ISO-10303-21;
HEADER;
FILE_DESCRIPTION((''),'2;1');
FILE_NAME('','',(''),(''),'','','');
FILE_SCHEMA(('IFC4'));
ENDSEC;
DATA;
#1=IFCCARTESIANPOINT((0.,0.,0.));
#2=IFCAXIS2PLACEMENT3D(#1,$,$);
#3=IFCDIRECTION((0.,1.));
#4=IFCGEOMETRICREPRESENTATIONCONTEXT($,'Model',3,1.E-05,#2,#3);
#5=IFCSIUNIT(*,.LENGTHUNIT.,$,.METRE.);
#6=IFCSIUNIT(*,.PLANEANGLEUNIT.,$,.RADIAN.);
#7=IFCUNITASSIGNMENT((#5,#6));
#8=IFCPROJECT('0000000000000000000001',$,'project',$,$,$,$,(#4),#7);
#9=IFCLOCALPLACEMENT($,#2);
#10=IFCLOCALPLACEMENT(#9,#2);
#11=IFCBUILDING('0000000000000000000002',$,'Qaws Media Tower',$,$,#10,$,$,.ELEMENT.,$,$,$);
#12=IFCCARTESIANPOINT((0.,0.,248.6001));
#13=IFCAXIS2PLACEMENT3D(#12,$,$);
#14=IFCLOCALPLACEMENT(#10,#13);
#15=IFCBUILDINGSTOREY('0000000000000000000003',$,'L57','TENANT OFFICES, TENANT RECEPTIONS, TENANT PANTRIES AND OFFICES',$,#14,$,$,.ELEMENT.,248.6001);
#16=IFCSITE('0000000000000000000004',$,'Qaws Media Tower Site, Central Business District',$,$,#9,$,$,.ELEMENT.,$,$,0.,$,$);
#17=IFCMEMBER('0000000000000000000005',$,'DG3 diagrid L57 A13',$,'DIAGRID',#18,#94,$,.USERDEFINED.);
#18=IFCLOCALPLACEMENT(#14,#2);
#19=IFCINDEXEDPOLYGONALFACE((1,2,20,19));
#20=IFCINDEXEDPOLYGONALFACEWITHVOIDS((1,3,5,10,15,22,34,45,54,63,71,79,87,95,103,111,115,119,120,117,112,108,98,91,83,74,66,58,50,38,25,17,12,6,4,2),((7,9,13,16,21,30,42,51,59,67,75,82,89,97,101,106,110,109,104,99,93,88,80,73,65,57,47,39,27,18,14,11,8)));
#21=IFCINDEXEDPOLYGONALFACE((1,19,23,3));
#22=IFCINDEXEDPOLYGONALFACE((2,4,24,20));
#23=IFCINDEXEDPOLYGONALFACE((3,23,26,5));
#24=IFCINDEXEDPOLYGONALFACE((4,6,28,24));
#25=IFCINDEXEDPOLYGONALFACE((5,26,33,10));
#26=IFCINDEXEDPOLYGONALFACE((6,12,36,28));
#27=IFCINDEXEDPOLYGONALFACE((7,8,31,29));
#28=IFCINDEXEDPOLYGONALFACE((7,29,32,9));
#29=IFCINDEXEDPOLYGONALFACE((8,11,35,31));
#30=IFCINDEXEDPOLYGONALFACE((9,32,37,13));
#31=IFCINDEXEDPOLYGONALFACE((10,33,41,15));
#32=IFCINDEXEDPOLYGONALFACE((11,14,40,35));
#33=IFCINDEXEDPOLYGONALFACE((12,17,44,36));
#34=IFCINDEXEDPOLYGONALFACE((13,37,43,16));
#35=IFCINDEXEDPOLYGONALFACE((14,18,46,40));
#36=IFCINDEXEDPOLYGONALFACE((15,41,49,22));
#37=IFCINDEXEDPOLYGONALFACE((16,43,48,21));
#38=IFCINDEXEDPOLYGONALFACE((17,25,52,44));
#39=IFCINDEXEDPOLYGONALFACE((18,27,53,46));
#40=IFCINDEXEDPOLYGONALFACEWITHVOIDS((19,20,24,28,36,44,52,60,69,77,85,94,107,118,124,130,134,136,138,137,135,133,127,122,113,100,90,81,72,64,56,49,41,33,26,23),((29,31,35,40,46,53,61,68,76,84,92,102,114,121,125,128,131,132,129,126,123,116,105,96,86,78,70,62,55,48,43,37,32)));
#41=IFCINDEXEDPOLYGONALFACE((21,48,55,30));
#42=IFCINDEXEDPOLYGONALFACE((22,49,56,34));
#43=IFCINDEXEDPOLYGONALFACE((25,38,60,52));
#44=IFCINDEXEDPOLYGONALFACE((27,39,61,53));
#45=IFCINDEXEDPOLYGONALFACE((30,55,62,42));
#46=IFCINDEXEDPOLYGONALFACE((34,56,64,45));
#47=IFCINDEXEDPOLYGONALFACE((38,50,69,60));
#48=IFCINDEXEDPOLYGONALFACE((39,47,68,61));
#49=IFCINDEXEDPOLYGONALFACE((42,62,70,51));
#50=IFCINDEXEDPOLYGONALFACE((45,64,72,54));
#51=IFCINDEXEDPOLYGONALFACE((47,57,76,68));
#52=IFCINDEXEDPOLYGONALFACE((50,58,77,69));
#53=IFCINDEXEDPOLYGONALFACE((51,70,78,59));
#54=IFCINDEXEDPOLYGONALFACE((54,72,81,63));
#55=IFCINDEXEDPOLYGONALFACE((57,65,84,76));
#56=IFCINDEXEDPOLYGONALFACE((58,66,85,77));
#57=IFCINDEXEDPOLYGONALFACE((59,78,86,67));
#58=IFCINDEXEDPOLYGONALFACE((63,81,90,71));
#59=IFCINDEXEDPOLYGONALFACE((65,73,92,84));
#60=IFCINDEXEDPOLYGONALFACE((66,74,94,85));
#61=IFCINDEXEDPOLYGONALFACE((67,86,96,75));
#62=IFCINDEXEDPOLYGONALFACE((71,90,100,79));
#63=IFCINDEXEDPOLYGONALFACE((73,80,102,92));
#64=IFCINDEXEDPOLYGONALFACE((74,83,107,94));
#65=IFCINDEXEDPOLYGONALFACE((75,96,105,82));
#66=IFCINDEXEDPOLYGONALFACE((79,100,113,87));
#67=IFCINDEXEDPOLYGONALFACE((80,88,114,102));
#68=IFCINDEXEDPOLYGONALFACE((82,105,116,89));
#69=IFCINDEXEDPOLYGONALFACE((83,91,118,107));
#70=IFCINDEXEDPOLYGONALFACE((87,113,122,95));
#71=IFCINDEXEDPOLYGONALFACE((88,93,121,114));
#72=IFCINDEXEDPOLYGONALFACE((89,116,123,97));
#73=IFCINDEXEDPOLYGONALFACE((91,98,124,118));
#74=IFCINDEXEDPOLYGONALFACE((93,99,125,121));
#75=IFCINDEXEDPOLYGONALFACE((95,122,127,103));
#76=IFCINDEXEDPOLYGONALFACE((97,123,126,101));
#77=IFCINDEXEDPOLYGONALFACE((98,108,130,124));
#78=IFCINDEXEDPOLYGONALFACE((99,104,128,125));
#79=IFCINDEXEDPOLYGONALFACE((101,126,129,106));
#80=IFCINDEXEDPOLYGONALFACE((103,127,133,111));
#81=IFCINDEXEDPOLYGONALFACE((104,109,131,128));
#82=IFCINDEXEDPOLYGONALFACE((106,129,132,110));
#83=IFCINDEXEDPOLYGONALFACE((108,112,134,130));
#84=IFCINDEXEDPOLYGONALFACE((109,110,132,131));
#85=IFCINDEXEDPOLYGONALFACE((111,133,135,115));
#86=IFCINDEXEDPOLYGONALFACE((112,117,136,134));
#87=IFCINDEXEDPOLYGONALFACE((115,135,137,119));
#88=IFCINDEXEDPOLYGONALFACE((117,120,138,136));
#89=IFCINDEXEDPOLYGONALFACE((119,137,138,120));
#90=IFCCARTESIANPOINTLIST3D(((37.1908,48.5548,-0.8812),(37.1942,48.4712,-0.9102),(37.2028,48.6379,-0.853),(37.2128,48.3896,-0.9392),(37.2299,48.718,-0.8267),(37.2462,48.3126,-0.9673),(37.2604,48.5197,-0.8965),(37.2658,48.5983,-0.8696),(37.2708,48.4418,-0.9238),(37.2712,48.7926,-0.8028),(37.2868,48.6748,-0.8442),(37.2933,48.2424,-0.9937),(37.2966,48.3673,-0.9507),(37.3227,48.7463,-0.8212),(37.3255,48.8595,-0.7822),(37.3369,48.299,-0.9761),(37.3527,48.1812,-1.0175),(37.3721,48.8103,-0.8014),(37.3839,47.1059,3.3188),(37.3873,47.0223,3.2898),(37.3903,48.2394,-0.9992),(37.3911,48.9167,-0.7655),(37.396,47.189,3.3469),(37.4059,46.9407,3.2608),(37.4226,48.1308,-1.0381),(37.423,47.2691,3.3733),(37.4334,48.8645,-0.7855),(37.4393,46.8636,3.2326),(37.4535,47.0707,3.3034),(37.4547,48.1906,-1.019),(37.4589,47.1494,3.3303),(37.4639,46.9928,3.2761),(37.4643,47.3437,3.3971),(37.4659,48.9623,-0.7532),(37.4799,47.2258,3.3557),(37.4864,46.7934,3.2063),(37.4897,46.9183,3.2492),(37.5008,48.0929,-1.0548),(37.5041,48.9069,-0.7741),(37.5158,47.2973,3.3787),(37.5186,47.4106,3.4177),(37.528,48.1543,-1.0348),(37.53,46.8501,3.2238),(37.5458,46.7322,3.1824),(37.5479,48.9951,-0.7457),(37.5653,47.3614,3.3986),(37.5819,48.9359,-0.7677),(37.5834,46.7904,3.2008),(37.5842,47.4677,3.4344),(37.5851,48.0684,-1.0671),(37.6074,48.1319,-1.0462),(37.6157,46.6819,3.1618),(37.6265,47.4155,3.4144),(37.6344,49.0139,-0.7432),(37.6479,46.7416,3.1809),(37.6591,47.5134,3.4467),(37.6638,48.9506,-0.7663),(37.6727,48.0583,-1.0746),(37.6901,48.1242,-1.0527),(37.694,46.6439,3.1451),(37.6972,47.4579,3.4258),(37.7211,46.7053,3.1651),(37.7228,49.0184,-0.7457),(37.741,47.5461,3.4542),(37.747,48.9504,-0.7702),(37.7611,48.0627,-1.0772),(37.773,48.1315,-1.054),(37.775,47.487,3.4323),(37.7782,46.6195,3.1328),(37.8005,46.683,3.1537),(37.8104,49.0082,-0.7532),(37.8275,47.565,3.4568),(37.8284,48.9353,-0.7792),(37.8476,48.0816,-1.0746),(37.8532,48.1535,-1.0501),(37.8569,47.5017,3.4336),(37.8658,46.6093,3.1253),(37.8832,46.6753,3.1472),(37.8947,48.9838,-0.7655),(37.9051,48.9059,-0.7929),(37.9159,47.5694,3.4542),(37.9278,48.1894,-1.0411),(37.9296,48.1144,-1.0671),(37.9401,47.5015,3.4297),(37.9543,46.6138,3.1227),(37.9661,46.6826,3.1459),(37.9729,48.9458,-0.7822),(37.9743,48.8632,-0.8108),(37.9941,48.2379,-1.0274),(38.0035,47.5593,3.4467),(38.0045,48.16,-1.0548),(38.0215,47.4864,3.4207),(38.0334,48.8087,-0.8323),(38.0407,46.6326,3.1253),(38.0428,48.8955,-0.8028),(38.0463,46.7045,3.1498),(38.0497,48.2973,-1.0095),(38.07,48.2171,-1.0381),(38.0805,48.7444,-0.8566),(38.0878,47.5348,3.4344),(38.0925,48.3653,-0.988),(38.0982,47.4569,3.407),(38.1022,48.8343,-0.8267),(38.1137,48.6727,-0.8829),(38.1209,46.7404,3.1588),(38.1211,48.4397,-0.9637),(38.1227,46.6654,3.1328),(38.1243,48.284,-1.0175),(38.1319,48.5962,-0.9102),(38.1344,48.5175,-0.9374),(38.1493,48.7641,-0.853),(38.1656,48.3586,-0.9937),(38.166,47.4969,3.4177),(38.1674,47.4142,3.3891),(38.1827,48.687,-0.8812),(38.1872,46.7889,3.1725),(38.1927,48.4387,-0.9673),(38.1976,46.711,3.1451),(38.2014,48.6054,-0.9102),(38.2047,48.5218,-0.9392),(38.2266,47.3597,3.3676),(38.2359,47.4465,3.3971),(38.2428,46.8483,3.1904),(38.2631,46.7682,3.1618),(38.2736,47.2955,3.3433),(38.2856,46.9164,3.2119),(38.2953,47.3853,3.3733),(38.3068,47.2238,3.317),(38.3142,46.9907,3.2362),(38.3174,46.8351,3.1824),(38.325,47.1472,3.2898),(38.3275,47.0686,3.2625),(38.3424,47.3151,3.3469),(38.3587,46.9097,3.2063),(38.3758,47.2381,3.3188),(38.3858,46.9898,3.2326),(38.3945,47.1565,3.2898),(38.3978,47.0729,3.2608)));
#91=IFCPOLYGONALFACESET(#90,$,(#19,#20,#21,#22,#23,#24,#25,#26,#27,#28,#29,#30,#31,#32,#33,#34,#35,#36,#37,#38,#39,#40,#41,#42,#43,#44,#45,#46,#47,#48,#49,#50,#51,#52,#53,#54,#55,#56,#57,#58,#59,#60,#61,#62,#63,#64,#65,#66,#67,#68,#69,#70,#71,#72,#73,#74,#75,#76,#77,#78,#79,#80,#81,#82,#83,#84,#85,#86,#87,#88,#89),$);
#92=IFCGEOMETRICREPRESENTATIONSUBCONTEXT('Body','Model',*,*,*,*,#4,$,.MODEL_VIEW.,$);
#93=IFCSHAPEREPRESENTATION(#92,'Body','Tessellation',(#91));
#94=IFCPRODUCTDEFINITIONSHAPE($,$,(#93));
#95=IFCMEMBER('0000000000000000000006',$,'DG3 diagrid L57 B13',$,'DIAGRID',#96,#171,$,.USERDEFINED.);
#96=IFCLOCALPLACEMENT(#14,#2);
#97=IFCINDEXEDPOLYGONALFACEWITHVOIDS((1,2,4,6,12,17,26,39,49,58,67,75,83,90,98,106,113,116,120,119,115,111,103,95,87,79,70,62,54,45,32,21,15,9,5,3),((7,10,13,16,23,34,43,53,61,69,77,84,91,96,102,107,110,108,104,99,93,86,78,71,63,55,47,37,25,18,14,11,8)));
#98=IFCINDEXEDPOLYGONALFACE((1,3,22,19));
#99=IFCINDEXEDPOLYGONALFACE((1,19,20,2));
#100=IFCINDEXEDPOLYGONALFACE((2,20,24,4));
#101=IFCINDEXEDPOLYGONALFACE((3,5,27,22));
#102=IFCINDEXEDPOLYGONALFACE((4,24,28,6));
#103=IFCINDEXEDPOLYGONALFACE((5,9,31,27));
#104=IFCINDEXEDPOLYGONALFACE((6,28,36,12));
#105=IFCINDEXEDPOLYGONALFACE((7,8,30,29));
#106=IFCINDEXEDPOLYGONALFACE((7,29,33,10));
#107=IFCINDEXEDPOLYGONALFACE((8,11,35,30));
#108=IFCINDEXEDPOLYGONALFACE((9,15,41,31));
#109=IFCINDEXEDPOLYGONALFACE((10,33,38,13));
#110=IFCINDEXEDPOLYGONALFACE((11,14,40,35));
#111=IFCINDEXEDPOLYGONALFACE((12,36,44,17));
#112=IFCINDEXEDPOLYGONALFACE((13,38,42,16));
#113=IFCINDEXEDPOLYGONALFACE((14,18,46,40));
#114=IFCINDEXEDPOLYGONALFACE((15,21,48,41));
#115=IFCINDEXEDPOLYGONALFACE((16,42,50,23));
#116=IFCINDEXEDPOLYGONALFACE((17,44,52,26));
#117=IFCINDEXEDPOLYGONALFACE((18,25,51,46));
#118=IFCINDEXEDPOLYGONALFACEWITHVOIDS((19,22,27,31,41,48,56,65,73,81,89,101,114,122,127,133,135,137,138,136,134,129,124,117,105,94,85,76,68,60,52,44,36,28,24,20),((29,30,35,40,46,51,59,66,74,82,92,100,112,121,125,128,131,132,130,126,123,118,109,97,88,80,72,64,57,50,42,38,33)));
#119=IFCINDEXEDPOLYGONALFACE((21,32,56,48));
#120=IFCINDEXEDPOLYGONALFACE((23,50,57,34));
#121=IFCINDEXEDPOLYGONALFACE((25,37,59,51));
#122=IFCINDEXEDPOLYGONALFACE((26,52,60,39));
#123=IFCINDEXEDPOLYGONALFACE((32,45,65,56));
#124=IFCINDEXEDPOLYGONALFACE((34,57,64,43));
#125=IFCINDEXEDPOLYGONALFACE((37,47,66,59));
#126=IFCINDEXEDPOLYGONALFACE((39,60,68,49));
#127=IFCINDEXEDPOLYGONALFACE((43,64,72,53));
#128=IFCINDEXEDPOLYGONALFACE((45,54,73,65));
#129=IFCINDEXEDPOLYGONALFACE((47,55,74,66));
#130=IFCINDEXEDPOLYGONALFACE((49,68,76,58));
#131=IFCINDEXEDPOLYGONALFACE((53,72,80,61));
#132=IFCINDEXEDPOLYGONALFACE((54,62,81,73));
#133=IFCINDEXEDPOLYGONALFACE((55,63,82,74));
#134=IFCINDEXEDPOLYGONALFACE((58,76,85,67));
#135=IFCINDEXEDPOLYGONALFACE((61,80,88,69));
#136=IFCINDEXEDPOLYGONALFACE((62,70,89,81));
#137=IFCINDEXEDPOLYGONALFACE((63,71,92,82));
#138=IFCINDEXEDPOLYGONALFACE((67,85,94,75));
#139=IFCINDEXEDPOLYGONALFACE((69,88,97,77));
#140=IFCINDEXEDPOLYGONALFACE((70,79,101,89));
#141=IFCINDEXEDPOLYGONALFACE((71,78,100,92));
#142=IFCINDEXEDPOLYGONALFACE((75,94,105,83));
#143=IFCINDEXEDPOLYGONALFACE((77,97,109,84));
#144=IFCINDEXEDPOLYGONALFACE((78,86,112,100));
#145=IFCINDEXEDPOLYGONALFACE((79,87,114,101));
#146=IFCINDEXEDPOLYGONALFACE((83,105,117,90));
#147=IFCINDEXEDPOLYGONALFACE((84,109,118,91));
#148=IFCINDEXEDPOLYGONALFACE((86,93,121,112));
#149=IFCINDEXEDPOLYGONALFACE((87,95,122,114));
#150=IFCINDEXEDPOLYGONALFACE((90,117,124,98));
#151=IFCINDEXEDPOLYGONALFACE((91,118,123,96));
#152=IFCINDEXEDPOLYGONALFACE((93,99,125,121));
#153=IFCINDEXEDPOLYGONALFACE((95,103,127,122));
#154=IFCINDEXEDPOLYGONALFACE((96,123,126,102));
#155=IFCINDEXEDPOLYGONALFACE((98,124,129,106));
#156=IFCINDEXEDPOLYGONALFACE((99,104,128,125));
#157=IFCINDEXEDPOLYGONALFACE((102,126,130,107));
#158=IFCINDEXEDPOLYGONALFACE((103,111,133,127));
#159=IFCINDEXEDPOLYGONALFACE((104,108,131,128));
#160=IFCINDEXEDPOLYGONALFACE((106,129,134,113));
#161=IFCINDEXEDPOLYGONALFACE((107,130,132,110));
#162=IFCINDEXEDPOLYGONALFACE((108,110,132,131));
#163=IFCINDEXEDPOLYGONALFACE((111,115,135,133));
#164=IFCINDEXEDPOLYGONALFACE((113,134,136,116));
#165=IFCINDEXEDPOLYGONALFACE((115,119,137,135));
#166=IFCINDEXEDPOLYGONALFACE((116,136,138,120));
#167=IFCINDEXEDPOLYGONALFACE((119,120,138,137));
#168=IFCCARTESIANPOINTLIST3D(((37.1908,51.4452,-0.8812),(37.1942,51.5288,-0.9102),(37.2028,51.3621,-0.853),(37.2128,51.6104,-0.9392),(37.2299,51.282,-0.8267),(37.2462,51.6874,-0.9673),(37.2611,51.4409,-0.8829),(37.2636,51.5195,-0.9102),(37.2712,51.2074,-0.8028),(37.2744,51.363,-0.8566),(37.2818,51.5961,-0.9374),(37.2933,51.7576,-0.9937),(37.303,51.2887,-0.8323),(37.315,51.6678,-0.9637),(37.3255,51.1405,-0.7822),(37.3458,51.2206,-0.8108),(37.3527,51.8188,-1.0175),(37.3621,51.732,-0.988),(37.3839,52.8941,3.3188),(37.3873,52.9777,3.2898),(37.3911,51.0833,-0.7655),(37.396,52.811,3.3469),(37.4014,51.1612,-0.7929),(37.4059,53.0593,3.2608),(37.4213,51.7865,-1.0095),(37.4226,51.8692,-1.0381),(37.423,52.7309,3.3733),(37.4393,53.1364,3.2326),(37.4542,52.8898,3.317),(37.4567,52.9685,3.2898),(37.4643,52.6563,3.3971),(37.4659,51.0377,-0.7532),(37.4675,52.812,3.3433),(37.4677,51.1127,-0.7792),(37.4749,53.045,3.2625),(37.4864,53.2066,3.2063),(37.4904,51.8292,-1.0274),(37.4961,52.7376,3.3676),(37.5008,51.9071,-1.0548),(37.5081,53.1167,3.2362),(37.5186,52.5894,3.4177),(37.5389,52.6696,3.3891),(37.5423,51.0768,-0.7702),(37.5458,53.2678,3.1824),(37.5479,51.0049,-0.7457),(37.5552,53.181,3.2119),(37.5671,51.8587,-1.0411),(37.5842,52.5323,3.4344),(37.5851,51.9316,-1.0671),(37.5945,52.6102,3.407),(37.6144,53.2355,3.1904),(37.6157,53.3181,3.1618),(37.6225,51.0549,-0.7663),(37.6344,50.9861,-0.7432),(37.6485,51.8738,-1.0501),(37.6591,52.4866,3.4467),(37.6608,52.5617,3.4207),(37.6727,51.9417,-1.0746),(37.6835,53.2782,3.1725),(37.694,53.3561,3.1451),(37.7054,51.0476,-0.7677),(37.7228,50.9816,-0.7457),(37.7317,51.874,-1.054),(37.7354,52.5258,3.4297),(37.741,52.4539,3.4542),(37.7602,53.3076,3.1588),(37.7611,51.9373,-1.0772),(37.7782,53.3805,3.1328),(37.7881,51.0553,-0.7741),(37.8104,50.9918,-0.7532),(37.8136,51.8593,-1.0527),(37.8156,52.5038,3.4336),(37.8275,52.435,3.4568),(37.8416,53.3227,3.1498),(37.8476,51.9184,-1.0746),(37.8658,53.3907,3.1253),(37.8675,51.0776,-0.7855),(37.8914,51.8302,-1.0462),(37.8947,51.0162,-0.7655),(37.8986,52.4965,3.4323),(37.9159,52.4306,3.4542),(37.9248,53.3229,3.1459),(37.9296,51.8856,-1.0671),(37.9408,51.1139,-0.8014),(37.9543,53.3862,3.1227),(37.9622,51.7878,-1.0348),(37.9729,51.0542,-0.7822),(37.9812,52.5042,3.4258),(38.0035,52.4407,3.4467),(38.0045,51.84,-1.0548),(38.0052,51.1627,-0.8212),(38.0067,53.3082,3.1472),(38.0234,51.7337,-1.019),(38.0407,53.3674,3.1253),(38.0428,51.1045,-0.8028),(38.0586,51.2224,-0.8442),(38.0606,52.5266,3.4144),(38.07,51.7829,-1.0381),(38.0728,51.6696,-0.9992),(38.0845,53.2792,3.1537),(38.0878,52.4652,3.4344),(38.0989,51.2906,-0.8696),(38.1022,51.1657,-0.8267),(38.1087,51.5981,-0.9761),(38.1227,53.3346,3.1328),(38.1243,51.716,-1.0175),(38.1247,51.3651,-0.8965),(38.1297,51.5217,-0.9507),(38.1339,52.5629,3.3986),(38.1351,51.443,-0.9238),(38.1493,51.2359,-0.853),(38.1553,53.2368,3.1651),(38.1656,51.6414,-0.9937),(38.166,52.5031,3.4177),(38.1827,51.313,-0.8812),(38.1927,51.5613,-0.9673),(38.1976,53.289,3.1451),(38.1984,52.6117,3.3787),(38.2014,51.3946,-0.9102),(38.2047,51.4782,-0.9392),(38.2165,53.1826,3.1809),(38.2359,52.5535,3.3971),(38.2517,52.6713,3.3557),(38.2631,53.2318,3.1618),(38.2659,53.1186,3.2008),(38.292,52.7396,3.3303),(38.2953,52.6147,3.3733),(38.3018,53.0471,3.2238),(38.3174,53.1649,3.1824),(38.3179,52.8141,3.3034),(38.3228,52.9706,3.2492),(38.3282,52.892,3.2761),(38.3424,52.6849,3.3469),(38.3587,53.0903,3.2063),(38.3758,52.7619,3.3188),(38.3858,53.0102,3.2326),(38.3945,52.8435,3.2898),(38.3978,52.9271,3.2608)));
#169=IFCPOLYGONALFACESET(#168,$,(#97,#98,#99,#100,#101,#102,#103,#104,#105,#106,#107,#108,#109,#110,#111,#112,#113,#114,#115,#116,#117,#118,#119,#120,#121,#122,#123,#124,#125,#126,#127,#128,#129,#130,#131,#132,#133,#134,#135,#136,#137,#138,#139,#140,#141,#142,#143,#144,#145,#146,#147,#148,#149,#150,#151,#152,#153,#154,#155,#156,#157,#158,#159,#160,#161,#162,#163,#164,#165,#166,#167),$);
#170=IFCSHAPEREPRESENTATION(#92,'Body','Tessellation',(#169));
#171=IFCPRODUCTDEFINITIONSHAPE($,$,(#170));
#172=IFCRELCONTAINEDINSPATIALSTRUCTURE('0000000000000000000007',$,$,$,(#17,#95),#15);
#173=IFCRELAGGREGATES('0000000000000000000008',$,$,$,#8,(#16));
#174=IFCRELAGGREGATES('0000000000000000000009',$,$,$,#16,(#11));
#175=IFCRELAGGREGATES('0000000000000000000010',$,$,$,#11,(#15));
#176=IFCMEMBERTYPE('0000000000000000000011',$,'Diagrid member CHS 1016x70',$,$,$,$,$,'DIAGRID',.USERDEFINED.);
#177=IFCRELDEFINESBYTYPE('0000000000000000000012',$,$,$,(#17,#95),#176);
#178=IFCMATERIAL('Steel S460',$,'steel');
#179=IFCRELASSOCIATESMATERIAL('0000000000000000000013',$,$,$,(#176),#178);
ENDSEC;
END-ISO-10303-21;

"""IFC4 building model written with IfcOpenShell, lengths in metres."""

from ifc_helpers import new_model, si_unit, direction, frame, origin, origin_2d, place, context, subcontext, project, spatial, hollow_circle, extrude, material, material_profile, profile_set, type_object, element, save


model = new_model("IFC4")

# Units and contexts
model_context = context("Model", 3, precision=1e-05, world=origin(), true_north=direction((0.0, 1.0)))
body_context = subcontext(model_context, "Body", "Model", "MODEL_VIEW")
ifc_project = project(units=[si_unit("LENGTHUNIT", "METRE"), si_unit("PLANEANGLEUNIT", "RADIAN")], contexts=[model_context])

# Site, building, storey
site_placement = place(None, origin())
site = spatial("IfcSite", under=ifc_project, at=site_placement, Name="Qaws Media Tower Site, Central Business District", CompositionType="ELEMENT", RefElevation=0.0)
building_placement = place(site_placement, origin())
building = spatial("IfcBuilding", under=site, at=building_placement, Name="Qaws Media Tower", CompositionType="ELEMENT")
storey_placement = place(building_placement, frame((0.0, 0.0, 248.6001)))
storey = spatial("IfcBuildingStorey", under=building, at=storey_placement, Name="L57", Description="TENANT OFFICES, TENANT RECEPTIONS, TENANT PANTRIES AND OFFICES", CompositionType="ELEMENT", Elevation=248.6001)

# Members
ifc_material_1 = material(Name="Steel S460", Category="steel")
ifc_material_profile_1 = material_profile(ifc_material_1, hollow_circle(Radius=0.5081, WallThickness=0.0701, at=origin_2d()), Name="CHS 1016x70")
ifc_profile_set_1 = profile_set([ifc_material_profile_1], Name="Steel S460")
member_type_1 = type_object("IfcMemberType", Name="Diagrid member CHS 1016x70", ElementType="DIAGRID", PredefinedType="USERDEFINED", material=ifc_profile_set_1)
for number, where, z_axis, x_axis, name in (
    (1, (37.6978, 48.5383, -0.9102), (0.043425, -0.325827, 0.944432), (0.991235, 0.132109, 0.0), "DG3 diagrid L57 A13"),
    (2, (37.6978, 51.4617, -0.9102), (0.043425, 0.325827, 0.944432), (-0.991235, 0.132109, 0.0), "DG3 diagrid L57 B13"),
):
    element("IfcMember", number, at=place(storey_placement, frame(where, z_axis=z_axis, x_axis=x_axis)), inside=storey, type_object=member_type_1, Name=name, ObjectType="DIAGRID", PredefinedType="USERDEFINED", context=body_context, shape_type="SweptSolid", body=[
        extrude(hollow_circle(Radius=0.5081, WallThickness=0.0701, at=origin_2d()), origin(), (0.0, 0.0, 1.0), 4.447),
    ])

save(model, "model.ifc")
